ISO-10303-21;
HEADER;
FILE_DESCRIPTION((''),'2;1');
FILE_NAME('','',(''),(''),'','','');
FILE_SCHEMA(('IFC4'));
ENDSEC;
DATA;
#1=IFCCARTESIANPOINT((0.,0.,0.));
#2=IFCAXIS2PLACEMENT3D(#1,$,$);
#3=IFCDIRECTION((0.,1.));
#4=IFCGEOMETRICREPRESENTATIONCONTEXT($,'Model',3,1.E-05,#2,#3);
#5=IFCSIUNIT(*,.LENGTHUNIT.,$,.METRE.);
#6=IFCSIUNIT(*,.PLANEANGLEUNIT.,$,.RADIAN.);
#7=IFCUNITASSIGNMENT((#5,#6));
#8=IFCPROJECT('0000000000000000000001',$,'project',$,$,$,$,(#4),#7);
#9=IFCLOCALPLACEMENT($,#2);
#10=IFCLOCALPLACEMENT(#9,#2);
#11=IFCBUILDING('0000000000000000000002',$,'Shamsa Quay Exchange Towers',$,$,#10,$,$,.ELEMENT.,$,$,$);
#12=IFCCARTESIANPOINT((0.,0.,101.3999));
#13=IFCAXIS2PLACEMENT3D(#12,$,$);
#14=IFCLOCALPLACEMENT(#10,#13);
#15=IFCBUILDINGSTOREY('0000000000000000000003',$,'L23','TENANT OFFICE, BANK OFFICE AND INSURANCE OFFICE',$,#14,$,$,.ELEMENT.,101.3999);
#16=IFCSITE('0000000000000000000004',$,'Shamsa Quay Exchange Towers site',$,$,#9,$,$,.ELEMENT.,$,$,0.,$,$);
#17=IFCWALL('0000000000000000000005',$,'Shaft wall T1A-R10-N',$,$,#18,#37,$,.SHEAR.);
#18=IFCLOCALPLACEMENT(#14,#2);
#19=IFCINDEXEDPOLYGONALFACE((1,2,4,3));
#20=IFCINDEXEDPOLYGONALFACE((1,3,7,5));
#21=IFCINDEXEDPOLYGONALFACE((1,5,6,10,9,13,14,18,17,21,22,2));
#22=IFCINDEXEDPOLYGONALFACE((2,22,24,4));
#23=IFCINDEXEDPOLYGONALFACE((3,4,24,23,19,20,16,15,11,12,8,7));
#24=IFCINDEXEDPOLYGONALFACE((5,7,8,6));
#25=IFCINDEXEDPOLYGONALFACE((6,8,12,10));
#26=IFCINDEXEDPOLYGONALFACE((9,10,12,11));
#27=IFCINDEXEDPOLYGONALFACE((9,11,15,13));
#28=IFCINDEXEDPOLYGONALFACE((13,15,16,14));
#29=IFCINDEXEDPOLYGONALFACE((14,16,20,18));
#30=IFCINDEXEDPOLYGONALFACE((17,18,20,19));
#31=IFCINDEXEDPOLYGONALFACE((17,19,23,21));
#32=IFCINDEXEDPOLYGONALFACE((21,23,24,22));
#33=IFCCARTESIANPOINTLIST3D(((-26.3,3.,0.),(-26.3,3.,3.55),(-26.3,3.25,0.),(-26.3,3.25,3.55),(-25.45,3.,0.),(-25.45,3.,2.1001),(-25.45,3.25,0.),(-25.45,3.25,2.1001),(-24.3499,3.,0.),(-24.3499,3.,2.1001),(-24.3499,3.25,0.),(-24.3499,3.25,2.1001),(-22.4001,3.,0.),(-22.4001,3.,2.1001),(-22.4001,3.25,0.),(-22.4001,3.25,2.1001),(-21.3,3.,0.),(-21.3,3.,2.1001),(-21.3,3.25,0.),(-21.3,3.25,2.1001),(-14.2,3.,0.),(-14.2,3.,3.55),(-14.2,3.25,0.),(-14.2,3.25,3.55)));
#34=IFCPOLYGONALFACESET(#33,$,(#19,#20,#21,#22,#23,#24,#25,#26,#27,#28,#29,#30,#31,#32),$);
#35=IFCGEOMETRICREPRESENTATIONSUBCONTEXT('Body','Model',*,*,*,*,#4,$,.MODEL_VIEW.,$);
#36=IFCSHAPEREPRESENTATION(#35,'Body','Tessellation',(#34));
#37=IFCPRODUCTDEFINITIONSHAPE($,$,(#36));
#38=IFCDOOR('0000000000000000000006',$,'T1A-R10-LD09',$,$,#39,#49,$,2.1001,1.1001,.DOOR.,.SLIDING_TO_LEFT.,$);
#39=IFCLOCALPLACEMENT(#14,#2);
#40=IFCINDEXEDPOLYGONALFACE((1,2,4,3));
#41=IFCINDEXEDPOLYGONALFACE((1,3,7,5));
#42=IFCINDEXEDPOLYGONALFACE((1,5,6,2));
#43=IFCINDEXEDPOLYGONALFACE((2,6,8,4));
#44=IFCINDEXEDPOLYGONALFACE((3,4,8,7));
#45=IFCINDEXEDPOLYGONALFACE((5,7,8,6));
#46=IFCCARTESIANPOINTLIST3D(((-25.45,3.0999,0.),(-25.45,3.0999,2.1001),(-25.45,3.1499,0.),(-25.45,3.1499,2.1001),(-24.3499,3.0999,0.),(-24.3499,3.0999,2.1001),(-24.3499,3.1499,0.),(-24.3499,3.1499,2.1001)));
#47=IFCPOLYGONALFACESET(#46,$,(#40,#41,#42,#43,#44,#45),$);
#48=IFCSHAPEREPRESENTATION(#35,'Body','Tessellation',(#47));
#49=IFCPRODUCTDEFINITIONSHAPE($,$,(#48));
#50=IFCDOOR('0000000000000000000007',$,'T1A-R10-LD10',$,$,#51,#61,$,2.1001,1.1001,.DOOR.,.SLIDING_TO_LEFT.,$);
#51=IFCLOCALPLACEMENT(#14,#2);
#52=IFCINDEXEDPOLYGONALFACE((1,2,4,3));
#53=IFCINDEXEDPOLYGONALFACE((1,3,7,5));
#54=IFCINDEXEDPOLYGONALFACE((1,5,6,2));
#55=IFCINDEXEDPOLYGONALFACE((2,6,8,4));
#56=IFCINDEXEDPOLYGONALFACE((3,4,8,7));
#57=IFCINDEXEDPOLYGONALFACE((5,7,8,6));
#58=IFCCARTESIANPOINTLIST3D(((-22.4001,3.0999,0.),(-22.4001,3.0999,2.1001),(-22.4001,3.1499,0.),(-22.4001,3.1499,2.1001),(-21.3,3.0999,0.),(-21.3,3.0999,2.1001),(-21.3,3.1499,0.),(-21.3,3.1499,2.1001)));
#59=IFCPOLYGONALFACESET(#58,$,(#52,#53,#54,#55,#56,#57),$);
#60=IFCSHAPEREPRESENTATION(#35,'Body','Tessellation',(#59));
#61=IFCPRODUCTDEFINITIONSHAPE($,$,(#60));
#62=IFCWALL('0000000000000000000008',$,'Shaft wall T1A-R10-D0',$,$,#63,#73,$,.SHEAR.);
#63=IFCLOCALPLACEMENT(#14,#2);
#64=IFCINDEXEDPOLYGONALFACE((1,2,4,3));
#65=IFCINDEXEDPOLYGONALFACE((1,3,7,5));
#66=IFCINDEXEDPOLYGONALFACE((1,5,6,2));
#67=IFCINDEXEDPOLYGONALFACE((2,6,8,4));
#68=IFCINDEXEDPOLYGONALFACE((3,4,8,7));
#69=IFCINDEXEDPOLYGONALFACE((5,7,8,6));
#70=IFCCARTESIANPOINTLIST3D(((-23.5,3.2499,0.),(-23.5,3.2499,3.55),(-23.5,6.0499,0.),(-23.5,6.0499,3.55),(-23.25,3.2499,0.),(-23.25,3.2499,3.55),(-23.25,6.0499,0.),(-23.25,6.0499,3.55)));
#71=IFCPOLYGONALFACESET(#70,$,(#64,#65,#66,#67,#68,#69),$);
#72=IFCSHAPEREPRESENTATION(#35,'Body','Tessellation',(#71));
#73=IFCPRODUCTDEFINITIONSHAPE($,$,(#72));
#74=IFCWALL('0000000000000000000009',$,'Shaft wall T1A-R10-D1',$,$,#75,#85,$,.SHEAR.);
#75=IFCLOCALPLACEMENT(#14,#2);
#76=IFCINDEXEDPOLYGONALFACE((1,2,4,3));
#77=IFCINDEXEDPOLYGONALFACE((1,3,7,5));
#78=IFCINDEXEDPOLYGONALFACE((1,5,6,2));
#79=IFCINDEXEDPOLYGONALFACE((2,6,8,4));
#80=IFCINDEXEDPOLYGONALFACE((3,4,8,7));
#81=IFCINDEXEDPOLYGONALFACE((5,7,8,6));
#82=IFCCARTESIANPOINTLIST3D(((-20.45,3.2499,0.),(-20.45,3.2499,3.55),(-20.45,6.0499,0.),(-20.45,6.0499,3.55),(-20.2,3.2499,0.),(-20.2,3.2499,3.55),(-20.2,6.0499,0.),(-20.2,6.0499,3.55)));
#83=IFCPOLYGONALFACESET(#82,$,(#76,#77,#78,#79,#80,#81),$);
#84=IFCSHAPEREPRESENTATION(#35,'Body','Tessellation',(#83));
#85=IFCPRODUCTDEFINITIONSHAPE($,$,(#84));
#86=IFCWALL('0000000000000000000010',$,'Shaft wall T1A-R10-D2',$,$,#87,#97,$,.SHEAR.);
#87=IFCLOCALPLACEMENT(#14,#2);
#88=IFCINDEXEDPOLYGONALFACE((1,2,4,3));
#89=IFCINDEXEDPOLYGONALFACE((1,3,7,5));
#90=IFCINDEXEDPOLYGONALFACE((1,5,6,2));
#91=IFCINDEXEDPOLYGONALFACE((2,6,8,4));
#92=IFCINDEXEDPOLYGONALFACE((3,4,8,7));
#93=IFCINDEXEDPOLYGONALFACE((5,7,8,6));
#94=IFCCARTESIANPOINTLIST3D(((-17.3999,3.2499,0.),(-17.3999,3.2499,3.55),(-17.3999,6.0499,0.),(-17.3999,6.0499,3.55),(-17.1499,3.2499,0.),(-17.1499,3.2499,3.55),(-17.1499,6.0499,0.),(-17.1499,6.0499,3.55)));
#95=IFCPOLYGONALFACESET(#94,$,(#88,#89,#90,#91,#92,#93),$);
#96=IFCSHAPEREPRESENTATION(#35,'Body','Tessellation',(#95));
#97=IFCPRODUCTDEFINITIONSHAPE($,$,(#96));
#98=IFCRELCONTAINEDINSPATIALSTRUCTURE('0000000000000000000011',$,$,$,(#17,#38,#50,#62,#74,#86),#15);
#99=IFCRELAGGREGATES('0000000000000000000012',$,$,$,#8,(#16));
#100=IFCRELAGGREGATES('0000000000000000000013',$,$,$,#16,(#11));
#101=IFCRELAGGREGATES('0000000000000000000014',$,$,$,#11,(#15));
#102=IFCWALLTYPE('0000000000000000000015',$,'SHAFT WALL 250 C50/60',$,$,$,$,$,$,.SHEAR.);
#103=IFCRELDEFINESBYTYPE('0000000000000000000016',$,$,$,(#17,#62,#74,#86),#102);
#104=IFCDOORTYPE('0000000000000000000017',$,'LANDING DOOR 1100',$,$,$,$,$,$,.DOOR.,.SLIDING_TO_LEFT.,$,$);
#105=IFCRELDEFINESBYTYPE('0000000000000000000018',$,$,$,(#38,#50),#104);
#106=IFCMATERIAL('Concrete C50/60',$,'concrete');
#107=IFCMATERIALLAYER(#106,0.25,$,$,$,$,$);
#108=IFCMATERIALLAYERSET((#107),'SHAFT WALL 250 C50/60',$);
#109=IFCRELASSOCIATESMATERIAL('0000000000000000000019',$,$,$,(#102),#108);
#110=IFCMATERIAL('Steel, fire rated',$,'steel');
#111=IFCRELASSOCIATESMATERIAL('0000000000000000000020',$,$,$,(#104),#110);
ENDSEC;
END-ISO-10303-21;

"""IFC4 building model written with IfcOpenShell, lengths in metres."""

from ifc_helpers import new_model, si_unit, direction, frame, frame_2d, origin, place, context, subcontext, project, spatial, rectangle, extrude, material, layer, layer_set, type_object, element, fill, save


model = new_model("IFC4")

# Units and contexts
model_context = context("Model", 3, precision=1e-05, world=origin(), true_north=direction((0.0, 1.0)))
body_context = subcontext(model_context, "Body", "Model", "MODEL_VIEW")
ifc_project = project(units=[si_unit("LENGTHUNIT", "METRE"), si_unit("PLANEANGLEUNIT", "RADIAN")], contexts=[model_context])

# Site, building, storey
site_placement = place(None, origin())
site = spatial("IfcSite", under=ifc_project, at=site_placement, Name="Shamsa Quay Exchange Towers site", CompositionType="ELEMENT", RefElevation=0.0)
building_placement = place(site_placement, origin())
building = spatial("IfcBuilding", under=site, at=building_placement, Name="Shamsa Quay Exchange Towers", CompositionType="ELEMENT")
storey_placement = place(building_placement, frame((0.0, 0.0, 101.3999)))
storey = spatial("IfcBuildingStorey", under=building, at=storey_placement, Name="L23", Description="TENANT OFFICE, BANK OFFICE AND INSURANCE OFFICE", CompositionType="ELEMENT", Elevation=101.3999)

# Shared definitions
ifc_material_1 = material(Name="Steel, fire rated", Category="steel")

# Wall, openings, doors
ifc_material_2 = material(Name="Concrete C50/60", Category="concrete")
ifc_layer_1 = layer(ifc_material_2, 0.25)
ifc_layer_set_1 = layer_set([ifc_layer_1], Name="SHAFT WALL 250 C50/60")
wall_type_1 = type_object("IfcWallType", Name="SHAFT WALL 250 C50/60", PredefinedType="SHEAR", material=ifc_layer_set_1)
wall_1_placement = place(storey_placement, frame((-26.3, 3.125, 0.0)))
wall_1 = element("IfcWall", 1, at=wall_1_placement, inside=storey, type_object=wall_type_1, Name="Shaft wall T1A-R10-N", PredefinedType="SHEAR", context=body_context, shape_type="SweptSolid", body=[
    extrude(rectangle(XDim=12.1001, YDim=0.25, at=frame_2d((6.05, 0.0))), origin(), (0.0, 0.0, 1.0), 3.55),
])
opening_1_placement = place(wall_1_placement, frame((0.8501, 0.0, 0.0)))
opening_1 = element("IfcOpeningElement", 2, at=opening_1_placement, cuts=wall_1, PredefinedType="OPENING", context=body_context, shape_type="SweptSolid", body=[
    extrude(rectangle(XDim=1.1001, YDim=2.1001, at=frame_2d((0.55, 1.05))), frame((0.0, 0.135, 0.0), z_axis=(0.0, -1.0, 0.0), x_axis=(1.0, 0.0, 0.0)), (0.0, 0.0, 1.0), 0.27),
])
opening_2_placement = place(wall_1_placement, frame((3.8999, 0.0, 0.0)))
opening_2 = element("IfcOpeningElement", 3, at=opening_2_placement, cuts=wall_1, PredefinedType="OPENING", context=body_context, shape_type="SweptSolid", body=[
    extrude(rectangle(XDim=1.1001, YDim=2.1001, at=frame_2d((0.55, 1.05))), frame((0.0, 0.135, 0.0), z_axis=(0.0, -1.0, 0.0), x_axis=(1.0, 0.0, 0.0)), (0.0, 0.0, 1.0), 0.27),
])
door_type_1 = type_object("IfcDoorType", Name="LANDING DOOR 1100", OperationType="SLIDING_TO_LEFT", PredefinedType="DOOR", material=ifc_material_1)
door_1_placement = place(opening_1_placement, origin())
door_1 = element("IfcDoor", 4, at=door_1_placement, inside=storey, type_object=door_type_1, Name="T1A-R10-LD09", OperationType="SLIDING_TO_LEFT", OverallHeight=2.1001, OverallWidth=1.1001, PredefinedType="DOOR", context=body_context, shape_type="SweptSolid", body=[
    extrude(rectangle(XDim=1.1001, YDim=2.1001, at=frame_2d((0.55, 1.05))), frame((0.0, 0.0249, 0.0), z_axis=(0.0, -1.0, 0.0), x_axis=(1.0, 0.0, 0.0)), (0.0, 0.0, 1.0), 0.05),
])
fill(opening_1, door_1)
door_2_placement = place(opening_2_placement, origin())
door_2 = element("IfcDoor", 5, at=door_2_placement, inside=storey, type_object=door_type_1, Name="T1A-R10-LD10", OperationType="SLIDING_TO_LEFT", OverallHeight=2.1001, OverallWidth=1.1001, PredefinedType="DOOR", context=body_context, shape_type="SweptSolid", body=[
    extrude(rectangle(XDim=1.1001, YDim=2.1001, at=frame_2d((0.55, 1.05))), frame((0.0, 0.0249, 0.0), z_axis=(0.0, -1.0, 0.0), x_axis=(1.0, 0.0, 0.0)), (0.0, 0.0, 1.0), 0.05),
])
fill(opening_2, door_2)

# Walls
for number, where, z_axis, x_axis, name in (
    (6, (-23.375, 3.25, 0.0), (0.0, 0.0, 1.0), (0.0, 1.0, 0.0), "Shaft wall T1A-R10-D0"),
    (7, (-20.325, 3.25, 0.0), (0.0, 0.0, 1.0), (0.0, 1.0, 0.0), "Shaft wall T1A-R10-D1"),
    (8, (-17.2749, 3.25, 0.0), (0.0, 0.0, 1.0), (0.0, 1.0, 0.0), "Shaft wall T1A-R10-D2"),
):
    element("IfcWall", number, at=place(storey_placement, frame(where, z_axis=z_axis, x_axis=x_axis)), inside=storey, type_object=wall_type_1, Name=name, PredefinedType="SHEAR", context=body_context, shape_type="SweptSolid", body=[
        extrude(rectangle(XDim=2.8, YDim=0.25, at=frame_2d((1.3999, 0.0))), origin(), (0.0, 0.0, 1.0), 3.55),
    ])

save(model, "model.ifc")
